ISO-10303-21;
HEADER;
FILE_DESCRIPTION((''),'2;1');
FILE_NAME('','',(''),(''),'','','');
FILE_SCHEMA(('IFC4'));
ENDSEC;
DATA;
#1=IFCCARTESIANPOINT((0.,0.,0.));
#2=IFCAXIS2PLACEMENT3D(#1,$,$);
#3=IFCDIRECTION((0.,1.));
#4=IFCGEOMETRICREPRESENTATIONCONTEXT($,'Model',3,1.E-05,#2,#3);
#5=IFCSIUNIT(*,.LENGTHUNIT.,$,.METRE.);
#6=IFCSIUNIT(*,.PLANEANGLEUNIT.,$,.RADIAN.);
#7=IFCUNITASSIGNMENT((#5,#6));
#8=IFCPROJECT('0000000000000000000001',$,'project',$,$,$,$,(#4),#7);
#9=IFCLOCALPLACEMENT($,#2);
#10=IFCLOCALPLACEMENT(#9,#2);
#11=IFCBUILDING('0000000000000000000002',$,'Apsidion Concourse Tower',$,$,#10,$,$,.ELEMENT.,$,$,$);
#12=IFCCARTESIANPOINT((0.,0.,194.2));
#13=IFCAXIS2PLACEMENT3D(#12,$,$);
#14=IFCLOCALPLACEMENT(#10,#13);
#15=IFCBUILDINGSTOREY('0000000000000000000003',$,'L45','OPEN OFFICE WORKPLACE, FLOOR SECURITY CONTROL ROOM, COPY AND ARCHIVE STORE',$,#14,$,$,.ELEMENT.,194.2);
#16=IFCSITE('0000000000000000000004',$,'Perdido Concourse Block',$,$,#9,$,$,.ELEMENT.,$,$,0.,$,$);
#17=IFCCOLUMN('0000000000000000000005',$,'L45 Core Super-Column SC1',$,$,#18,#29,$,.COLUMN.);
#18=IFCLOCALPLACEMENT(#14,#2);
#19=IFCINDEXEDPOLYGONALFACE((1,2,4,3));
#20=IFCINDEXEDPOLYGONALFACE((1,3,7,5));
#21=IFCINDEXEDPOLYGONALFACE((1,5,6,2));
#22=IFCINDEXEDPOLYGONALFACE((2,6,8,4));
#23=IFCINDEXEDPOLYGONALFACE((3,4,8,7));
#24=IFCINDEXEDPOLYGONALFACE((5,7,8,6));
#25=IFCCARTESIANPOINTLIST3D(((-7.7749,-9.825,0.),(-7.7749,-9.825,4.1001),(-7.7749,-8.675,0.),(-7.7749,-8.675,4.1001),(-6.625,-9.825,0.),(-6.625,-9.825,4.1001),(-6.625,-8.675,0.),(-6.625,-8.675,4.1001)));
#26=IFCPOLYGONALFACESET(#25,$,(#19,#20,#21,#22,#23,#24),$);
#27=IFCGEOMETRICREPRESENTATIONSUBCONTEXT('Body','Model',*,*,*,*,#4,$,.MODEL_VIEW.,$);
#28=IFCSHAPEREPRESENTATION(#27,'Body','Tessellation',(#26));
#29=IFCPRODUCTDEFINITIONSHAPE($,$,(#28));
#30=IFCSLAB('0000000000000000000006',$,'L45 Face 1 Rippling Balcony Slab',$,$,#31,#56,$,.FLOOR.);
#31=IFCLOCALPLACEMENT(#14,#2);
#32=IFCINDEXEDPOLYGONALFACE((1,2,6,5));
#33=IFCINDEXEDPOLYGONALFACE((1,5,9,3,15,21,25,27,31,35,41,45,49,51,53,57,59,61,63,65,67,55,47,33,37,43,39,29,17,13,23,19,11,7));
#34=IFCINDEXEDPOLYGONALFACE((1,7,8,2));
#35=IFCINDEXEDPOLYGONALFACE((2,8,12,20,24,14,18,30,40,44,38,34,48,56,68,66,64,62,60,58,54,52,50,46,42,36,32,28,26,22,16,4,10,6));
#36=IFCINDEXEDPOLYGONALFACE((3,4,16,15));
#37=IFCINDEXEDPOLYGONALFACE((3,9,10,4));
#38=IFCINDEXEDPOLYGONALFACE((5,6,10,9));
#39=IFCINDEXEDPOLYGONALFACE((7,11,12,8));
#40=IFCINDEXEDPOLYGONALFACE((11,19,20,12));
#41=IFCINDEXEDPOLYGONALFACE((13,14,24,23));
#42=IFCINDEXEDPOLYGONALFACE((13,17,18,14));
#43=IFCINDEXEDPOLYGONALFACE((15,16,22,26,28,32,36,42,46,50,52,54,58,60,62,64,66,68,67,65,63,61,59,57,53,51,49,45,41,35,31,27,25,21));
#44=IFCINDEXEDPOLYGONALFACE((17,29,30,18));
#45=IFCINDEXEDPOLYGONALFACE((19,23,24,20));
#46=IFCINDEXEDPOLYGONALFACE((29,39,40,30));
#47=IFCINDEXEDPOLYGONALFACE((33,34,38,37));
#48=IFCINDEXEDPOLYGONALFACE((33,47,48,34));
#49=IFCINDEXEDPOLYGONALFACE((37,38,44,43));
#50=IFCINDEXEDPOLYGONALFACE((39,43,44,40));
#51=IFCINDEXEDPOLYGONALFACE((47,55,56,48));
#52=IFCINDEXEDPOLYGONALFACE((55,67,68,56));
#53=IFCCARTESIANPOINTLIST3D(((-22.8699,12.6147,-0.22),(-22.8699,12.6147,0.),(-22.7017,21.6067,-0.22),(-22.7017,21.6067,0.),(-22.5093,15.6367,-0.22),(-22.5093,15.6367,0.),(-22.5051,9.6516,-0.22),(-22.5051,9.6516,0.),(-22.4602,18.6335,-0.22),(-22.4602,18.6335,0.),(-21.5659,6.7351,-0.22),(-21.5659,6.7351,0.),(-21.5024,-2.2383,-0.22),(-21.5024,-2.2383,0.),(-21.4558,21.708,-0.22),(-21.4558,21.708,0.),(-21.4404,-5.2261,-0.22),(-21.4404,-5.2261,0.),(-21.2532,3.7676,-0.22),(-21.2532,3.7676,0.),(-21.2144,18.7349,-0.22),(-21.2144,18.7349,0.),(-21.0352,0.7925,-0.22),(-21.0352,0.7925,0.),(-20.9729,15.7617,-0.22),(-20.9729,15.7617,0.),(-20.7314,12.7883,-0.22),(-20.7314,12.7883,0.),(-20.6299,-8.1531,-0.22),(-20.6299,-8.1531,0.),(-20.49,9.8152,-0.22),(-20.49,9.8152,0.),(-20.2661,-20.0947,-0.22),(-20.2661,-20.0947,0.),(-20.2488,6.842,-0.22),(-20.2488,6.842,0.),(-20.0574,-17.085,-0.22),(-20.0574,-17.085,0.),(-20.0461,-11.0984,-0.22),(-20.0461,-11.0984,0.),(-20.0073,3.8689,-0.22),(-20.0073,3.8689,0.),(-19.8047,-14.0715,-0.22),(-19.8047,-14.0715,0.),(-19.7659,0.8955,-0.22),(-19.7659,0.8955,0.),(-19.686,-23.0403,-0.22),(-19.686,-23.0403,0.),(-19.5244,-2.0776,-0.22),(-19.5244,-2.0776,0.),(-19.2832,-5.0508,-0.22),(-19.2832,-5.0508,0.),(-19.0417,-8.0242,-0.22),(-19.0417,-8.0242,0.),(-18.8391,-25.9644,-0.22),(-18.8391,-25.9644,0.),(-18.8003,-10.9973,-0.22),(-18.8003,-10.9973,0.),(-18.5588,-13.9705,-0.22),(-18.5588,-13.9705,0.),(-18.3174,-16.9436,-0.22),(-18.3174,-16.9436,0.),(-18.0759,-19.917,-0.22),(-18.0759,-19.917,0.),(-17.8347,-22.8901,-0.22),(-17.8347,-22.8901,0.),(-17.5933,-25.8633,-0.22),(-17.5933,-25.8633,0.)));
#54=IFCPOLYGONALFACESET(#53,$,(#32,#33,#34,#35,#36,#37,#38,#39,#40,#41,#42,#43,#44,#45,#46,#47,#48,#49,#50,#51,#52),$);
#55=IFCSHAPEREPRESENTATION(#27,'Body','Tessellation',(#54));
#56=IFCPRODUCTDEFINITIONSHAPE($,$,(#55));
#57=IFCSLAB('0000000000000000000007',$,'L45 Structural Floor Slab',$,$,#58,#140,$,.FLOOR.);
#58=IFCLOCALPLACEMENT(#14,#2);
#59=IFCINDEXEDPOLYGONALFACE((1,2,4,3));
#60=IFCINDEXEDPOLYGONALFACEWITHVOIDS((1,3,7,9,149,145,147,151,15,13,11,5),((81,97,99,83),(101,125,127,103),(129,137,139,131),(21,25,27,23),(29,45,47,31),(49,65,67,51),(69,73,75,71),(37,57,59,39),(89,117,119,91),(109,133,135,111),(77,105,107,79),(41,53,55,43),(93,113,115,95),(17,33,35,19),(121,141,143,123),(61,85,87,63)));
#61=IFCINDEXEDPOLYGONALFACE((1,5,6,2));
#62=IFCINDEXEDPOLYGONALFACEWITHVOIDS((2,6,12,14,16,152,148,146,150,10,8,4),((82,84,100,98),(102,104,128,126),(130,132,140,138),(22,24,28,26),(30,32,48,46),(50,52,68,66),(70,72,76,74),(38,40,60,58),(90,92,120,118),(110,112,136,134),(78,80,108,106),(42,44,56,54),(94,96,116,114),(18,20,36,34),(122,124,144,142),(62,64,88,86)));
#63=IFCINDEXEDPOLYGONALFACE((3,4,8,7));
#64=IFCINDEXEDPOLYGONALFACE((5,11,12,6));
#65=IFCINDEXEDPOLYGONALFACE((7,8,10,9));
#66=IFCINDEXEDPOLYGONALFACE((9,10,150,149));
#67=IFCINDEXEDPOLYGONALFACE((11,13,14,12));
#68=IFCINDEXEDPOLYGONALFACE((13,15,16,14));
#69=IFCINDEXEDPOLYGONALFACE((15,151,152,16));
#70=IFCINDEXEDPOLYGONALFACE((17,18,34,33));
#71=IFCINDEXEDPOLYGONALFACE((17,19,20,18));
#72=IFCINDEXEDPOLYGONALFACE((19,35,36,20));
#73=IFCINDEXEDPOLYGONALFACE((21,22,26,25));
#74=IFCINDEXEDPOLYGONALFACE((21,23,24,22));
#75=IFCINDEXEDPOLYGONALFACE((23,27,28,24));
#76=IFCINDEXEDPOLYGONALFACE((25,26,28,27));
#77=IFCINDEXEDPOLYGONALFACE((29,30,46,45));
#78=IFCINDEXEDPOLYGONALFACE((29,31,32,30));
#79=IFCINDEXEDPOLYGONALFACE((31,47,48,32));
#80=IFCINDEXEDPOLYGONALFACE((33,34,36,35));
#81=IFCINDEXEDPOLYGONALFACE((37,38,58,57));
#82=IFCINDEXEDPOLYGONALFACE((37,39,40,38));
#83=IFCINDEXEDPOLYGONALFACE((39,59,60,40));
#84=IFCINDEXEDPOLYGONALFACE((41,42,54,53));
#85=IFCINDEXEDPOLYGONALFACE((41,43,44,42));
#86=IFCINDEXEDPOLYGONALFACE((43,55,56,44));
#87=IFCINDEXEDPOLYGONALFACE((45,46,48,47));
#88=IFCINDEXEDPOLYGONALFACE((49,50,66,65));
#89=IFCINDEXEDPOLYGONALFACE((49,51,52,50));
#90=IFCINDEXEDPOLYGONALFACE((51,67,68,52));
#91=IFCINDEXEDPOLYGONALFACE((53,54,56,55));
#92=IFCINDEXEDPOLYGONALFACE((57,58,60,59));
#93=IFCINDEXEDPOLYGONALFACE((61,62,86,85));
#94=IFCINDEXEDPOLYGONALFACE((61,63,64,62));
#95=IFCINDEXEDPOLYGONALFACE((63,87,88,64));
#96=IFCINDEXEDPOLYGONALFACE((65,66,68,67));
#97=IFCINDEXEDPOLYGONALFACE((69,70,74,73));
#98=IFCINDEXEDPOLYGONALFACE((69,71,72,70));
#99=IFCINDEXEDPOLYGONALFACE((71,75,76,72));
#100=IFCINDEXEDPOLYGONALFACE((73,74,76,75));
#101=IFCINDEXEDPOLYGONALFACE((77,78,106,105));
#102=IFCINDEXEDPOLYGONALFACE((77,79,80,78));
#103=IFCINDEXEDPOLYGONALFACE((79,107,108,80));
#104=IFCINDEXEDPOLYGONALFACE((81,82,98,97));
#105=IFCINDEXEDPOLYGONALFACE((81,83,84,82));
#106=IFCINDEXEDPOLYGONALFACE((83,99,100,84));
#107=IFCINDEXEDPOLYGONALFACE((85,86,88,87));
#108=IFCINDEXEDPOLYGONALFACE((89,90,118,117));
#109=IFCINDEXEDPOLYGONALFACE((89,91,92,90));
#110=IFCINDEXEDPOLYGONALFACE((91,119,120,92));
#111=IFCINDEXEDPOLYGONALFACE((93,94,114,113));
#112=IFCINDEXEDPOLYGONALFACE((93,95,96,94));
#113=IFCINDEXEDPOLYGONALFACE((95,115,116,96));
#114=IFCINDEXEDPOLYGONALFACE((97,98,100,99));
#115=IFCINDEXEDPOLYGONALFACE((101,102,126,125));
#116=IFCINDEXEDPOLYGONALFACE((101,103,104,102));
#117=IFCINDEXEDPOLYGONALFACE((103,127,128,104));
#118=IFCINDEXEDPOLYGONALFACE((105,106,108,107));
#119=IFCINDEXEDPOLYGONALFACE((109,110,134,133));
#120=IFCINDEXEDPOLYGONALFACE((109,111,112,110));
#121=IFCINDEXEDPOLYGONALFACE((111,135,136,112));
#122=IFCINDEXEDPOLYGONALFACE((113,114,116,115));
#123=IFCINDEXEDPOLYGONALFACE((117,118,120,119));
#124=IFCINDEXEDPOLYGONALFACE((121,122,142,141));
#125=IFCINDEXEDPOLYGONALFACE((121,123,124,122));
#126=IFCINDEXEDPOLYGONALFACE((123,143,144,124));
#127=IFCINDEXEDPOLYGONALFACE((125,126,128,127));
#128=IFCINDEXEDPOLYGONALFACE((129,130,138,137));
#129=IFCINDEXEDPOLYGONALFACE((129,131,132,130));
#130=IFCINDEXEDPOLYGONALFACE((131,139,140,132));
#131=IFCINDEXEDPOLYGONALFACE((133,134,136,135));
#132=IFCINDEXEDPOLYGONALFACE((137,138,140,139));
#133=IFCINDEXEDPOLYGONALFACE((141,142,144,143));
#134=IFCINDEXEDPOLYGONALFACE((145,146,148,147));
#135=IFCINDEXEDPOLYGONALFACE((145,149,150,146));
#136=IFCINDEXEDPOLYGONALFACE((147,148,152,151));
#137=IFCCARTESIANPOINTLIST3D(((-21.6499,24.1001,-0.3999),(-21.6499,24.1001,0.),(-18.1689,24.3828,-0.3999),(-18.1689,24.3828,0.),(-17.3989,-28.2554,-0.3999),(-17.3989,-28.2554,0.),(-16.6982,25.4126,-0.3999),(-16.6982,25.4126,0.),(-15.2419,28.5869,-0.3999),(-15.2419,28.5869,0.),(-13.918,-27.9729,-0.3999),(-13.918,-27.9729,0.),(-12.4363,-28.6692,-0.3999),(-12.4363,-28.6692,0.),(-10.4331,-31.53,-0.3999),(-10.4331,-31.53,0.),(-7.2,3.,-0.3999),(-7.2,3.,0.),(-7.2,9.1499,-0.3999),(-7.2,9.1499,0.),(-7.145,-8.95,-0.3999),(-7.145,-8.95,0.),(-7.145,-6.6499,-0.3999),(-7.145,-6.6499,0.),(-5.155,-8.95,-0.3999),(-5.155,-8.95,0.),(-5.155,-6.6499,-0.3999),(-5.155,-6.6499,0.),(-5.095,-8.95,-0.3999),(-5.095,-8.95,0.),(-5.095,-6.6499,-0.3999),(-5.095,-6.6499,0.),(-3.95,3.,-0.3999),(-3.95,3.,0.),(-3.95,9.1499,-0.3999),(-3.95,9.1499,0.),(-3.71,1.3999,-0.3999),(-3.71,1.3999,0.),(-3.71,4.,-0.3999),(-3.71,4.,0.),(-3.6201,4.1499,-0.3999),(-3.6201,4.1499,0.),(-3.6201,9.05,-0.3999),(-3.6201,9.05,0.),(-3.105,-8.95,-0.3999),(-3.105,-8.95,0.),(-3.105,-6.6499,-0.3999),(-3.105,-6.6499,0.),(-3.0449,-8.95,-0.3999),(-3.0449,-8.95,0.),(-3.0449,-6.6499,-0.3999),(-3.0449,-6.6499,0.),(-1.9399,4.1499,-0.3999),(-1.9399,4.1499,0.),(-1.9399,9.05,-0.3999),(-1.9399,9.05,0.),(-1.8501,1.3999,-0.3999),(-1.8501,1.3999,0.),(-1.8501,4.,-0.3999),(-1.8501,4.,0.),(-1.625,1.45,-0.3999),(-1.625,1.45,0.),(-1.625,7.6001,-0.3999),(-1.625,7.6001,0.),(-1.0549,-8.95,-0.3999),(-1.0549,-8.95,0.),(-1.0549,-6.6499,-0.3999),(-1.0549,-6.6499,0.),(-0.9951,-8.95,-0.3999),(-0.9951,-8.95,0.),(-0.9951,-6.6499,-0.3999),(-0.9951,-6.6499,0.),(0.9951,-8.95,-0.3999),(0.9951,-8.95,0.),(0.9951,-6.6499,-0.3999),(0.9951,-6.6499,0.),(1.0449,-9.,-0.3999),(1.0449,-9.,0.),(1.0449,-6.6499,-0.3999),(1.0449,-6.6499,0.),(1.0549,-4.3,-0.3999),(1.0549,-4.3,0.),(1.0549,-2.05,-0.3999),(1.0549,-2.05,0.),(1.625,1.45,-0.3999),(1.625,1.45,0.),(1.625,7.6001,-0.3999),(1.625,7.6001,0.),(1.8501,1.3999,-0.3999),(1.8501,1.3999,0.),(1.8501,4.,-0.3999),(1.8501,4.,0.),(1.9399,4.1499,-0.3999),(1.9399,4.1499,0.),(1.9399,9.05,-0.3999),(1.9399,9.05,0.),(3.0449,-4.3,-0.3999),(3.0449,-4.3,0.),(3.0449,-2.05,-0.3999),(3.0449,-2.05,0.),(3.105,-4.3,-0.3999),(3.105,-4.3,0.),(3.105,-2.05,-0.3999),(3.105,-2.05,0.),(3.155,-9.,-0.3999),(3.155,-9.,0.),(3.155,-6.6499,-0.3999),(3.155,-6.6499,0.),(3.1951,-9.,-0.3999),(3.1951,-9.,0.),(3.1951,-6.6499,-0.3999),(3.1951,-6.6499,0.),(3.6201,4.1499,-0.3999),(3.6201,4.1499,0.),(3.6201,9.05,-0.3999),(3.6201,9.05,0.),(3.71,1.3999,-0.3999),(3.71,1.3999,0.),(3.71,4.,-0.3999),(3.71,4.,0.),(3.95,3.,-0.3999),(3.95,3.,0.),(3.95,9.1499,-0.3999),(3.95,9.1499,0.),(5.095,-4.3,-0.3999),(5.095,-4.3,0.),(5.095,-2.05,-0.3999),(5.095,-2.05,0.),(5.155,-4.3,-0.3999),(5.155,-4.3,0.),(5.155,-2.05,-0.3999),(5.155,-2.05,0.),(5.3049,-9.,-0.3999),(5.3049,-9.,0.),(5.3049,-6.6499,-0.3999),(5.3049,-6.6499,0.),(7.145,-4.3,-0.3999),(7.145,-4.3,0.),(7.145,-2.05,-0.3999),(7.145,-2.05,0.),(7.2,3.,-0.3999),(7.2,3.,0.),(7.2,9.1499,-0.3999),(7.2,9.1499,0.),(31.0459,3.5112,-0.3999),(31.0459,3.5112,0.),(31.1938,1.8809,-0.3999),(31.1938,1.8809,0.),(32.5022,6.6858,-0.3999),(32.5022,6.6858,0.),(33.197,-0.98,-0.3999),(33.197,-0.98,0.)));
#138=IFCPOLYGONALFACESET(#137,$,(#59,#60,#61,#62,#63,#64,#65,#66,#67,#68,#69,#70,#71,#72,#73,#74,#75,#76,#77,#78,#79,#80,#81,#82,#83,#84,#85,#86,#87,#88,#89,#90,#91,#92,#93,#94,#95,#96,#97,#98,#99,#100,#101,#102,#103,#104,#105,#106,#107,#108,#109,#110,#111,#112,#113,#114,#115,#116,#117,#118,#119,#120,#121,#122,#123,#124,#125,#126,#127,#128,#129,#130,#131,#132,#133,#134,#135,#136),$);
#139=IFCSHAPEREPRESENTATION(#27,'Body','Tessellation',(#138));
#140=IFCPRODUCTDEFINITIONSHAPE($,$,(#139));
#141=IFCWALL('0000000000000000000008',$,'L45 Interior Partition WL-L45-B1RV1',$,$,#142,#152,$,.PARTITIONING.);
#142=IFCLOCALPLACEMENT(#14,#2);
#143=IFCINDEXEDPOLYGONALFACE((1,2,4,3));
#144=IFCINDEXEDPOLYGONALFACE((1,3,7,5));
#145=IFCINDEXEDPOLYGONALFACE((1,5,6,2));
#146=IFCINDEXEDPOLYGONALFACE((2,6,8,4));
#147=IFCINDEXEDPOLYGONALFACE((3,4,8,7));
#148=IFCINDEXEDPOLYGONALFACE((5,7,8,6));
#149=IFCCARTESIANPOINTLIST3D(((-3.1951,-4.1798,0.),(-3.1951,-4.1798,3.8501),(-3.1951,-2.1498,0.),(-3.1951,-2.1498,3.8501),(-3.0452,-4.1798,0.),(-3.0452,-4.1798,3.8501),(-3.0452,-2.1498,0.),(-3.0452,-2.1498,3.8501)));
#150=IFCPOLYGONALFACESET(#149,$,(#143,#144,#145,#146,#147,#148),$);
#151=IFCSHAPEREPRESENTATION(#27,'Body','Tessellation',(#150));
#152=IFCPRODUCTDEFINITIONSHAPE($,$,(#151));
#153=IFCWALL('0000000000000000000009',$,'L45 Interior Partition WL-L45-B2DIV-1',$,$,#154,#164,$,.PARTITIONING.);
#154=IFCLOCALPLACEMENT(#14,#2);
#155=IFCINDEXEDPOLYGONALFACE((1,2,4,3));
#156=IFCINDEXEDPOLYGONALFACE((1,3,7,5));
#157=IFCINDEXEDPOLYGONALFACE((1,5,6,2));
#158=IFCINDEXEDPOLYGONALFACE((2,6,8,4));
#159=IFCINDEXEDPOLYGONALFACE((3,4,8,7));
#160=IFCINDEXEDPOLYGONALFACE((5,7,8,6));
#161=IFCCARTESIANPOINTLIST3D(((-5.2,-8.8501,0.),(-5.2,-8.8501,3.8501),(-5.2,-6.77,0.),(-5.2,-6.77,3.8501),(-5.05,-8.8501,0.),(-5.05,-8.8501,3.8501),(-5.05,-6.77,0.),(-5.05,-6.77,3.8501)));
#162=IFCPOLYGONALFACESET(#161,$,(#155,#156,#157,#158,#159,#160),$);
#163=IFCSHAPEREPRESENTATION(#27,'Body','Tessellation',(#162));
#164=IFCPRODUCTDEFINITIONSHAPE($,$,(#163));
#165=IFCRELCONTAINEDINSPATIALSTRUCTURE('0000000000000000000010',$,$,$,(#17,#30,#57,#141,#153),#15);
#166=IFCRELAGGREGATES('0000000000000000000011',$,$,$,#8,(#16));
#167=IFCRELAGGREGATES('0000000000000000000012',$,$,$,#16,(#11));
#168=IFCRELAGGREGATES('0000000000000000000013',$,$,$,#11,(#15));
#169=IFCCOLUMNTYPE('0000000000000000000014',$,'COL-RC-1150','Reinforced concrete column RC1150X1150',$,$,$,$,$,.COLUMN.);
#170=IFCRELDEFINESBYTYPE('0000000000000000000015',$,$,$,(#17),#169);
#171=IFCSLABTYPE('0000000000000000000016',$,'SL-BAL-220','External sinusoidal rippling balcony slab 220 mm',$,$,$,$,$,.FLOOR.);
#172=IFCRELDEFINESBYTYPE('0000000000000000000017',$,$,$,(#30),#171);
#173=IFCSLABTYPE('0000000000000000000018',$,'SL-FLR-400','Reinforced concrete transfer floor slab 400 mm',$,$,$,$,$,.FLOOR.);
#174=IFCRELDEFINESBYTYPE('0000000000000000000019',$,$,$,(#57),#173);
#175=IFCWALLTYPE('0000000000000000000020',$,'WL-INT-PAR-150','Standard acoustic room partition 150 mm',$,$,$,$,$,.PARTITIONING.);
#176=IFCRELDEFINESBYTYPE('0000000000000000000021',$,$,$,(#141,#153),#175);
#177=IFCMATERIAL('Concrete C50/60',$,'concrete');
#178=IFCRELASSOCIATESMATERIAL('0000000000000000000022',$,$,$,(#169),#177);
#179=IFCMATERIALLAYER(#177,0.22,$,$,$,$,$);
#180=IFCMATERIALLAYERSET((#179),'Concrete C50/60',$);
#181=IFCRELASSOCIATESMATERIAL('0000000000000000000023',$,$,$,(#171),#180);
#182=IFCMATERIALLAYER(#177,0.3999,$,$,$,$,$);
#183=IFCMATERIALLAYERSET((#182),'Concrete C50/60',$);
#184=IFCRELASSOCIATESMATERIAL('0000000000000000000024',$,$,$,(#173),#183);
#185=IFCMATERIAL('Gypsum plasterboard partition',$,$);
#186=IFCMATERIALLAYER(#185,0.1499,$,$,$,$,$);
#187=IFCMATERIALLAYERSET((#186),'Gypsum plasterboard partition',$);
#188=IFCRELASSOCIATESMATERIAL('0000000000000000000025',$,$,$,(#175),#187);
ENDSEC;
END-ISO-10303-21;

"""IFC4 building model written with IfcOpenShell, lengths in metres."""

from ifc_helpers import new_model, si_unit, direction, frame, frame_2d, origin, origin_2d, place, context, subcontext, project, spatial, polyline, rectangle, outline, extrude, material, layer, layer_set, material_profile, profile_set, type_object, element, save


model = new_model("IFC4")

# Units and contexts
model_context = context("Model", 3, precision=1e-05, world=origin(), true_north=direction((0.0, 1.0)))
body_context = subcontext(model_context, "Body", "Model", "MODEL_VIEW")
ifc_project = project(units=[si_unit("LENGTHUNIT", "METRE"), si_unit("PLANEANGLEUNIT", "RADIAN")], contexts=[model_context])

# Site, building, storey
site_placement = place(None, origin())
site = spatial("IfcSite", under=ifc_project, at=site_placement, Name="Perdido Concourse Block", CompositionType="ELEMENT", RefElevation=0.0)
building_placement = place(site_placement, origin())
building = spatial("IfcBuilding", under=site, at=building_placement, Name="Apsidion Concourse Tower", CompositionType="ELEMENT")
storey_placement = place(building_placement, frame((0.0, 0.0, 194.2)))
storey = spatial("IfcBuildingStorey", under=building, at=storey_placement, Name="L45", Description="OPEN OFFICE WORKPLACE, FLOOR SECURITY CONTROL ROOM, COPY AND ARCHIVE STORE", CompositionType="ELEMENT", Elevation=194.2)

# Column
ifc_material_1 = material(Name="Concrete C50/60", Category="concrete")
ifc_material_profile = material_profile(ifc_material_1, rectangle(XDim=1.1499, YDim=1.1499, at=origin_2d()), Name="RC 1150x1150")
ifc_profile_set = profile_set([ifc_material_profile], Name="Concrete C50/60")
column_type = type_object("IfcColumnType", Name="COL-RC-1150", Description="Reinforced concrete column RC1150X1150", PredefinedType="COLUMN", material=ifc_profile_set)
column_placement = place(storey_placement, frame((-7.2, -9.25, 0.0), z_axis=(0.0, 0.0, 1.0), x_axis=(1.0, 0.0, 0.0)))
element("IfcColumn", 1, at=column_placement, inside=storey, type_object=column_type, Name="L45 Core Super-Column SC1", PredefinedType="COLUMN", context=body_context, shape_type="SweptSolid", body=[
    extrude(rectangle(XDim=1.1499, YDim=1.1499, at=origin_2d()), origin(), (0.0, 0.0, 1.0), 4.1001),
])

# Slabs
ifc_layer_1 = layer(ifc_material_1, 0.22)
ifc_layer_set_1 = layer_set([ifc_layer_1], Name="Concrete C50/60")
slab_type_1 = type_object("IfcSlabType", Name="SL-BAL-220", Description="External sinusoidal rippling balcony slab 220 mm", PredefinedType="FLOOR", material=ifc_layer_set_1)
slab_1_placement = place(storey_placement, frame((0.0, 0.0, -0.22)))
element("IfcSlab", 2, at=slab_1_placement, inside=storey, type_object=slab_type_1, Name="L45 Face 1 Rippling Balcony Slab", PredefinedType="FLOOR", context=body_context, shape_type="SweptSolid", body=[
    extrude(outline(polyline([(-21.4558, 21.708), (-21.2144, 18.7349), (-20.9729, 15.7617), (-20.7314, 12.7883), (-20.49, 9.8152), (-20.2488, 6.842), (-20.0073, 3.8689), (-19.7659, 0.8955), (-19.5244, -2.0776), (-19.2832, -5.0508), (-19.0417, -8.0242), (-18.8003, -10.9973), (-18.5588, -13.9705), (-18.3174, -16.9436), (-18.0759, -19.917), (-17.8347, -22.8901), (-17.5933, -25.8633), (-18.8391, -25.9644), (-19.686, -23.0403), (-20.2661, -20.0947), (-20.0574, -17.085), (-19.8047, -14.0715), (-20.0461, -11.0984), (-20.6299, -8.1531), (-21.4404, -5.2261), (-21.5024, -2.2383), (-21.0352, 0.7925), (-21.2532, 3.7676), (-21.5659, 6.7351), (-22.5051, 9.6516), (-22.8699, 12.6147), (-22.5093, 15.6367), (-22.4602, 18.6335), (-22.7017, 21.6067), (-21.4558, 21.708)])), origin(), (0.0, 0.0, 1.0), 0.22),
])
ifc_layer_2 = layer(ifc_material_1, 0.3999)
ifc_layer_set_2 = layer_set([ifc_layer_2], Name="Concrete C50/60")
slab_type_2 = type_object("IfcSlabType", Name="SL-FLR-400", Description="Reinforced concrete transfer floor slab 400 mm", PredefinedType="FLOOR", material=ifc_layer_set_2)
slab_2_placement = place(storey_placement, frame((0.0, 0.0, -0.3999)))
element("IfcSlab", 3, at=slab_2_placement, inside=storey, type_object=slab_type_2, Name="L45 Structural Floor Slab", PredefinedType="FLOOR", context=body_context, shape_type="SweptSolid", body=[
    extrude(outline(polyline([(-15.2419, 28.5869), (-16.6982, 25.4126), (-18.1689, 24.3828), (-21.6499, 24.1001), (-17.3989, -28.2554), (-13.918, -27.9729), (-12.4363, -28.6692), (-10.4331, -31.53), (33.197, -0.98), (31.1938, 1.8809), (31.0459, 3.5112), (32.5022, 6.6858), (-15.2419, 28.5869)]), holes=[polyline([(-3.95, 3.0), (-3.95, 9.1499), (-7.2, 9.1499), (-7.2, 3.0), (-3.95, 3.0)]), polyline([(7.2, 3.0), (7.2, 9.1499), (3.95, 9.1499), (3.95, 3.0), (7.2, 3.0)]), polyline([(-1.625, 7.6001), (-1.625, 1.45), (1.625, 1.45), (1.625, 7.6001), (-1.625, 7.6001)]), polyline([(1.0549, -4.3), (3.0449, -4.3), (3.0449, -2.05), (1.0549, -2.05), (1.0549, -4.3)]), polyline([(3.105, -4.3), (5.095, -4.3), (5.095, -2.05), (3.105, -2.05), (3.105, -4.3)]), polyline([(5.155, -4.3), (7.145, -4.3), (7.145, -2.05), (5.155, -2.05), (5.155, -4.3)]), polyline([(-7.145, -8.95), (-5.155, -8.95), (-5.155, -6.6499), (-7.145, -6.6499), (-7.145, -8.95)]), polyline([(-5.095, -8.95), (-3.105, -8.95), (-3.105, -6.6499), (-5.095, -6.6499), (-5.095, -8.95)]), polyline([(-3.0449, -8.95), (-1.0549, -8.95), (-1.0549, -6.6499), (-3.0449, -6.6499), (-3.0449, -8.95)]), polyline([(-0.9951, -8.95), (0.9951, -8.95), (0.9951, -6.6499), (-0.9951, -6.6499), (-0.9951, -8.95)]), polyline([(1.0449, -9.0), (3.155, -9.0), (3.155, -6.6499), (1.0449, -6.6499), (1.0449, -9.0)]), polyline([(3.1951, -9.0), (5.3049, -9.0), (5.3049, -6.6499), (3.1951, -6.6499), (3.1951, -9.0)]), polyline([(-3.71, 1.3999), (-1.8501, 1.3999), (-1.8501, 4.0), (-3.71, 4.0), (-3.71, 1.3999)]), polyline([(1.8501, 1.3999), (3.71, 1.3999), (3.71, 4.0), (1.8501, 4.0), (1.8501, 1.3999)]), polyline([(-3.6201, 4.1499), (-1.9399, 4.1499), (-1.9399, 9.05), (-3.6201, 9.05), (-3.6201, 4.1499)]), polyline([(1.9399, 4.1499), (3.6201, 4.1499), (3.6201, 9.05), (1.9399, 9.05), (1.9399, 4.1499)])]), origin(), (0.0, 0.0, 1.0), 0.3999),
])

# Walls
ifc_material_2 = material(Name="Gypsum plasterboard partition")
ifc_layer_3 = layer(ifc_material_2, 0.1499)
ifc_layer_set_3 = layer_set([ifc_layer_3], Name="Gypsum plasterboard partition")
wall_type_1 = type_object("IfcWallType", Name="WL-INT-PAR-150", Description="Standard acoustic room partition 150 mm", PredefinedType="PARTITIONING", material=ifc_layer_set_3)
wall_1_placement = place(storey_placement, frame((-3.1201, -4.1799, 0.0), z_axis=(0.0, 0.0, 1.0), x_axis=(0.0, 1.0, 0.0)))
element("IfcWall", 4, at=wall_1_placement, inside=storey, type_object=wall_type_1, Name="L45 Interior Partition WL-L45-B1RV1", PredefinedType="PARTITIONING", context=body_context, shape_type="SweptSolid", body=[
    extrude(rectangle(XDim=2.03, YDim=0.1499, at=frame_2d((1.0151, 0.0))), origin(), (0.0, 0.0, 1.0), 3.8501),
])
for number, where, z_axis, x_axis, name in (
    (5, (-5.125, -8.8501, 0.0), (0.0, 0.0, 1.0), (0.0, 1.0, 0.0), "L45 Interior Partition WL-L45-B2DIV-1"),
):
    element("IfcWall", number, at=place(storey_placement, frame(where, z_axis=z_axis, x_axis=x_axis)), inside=storey, type_object=wall_type_1, Name=name, PredefinedType="PARTITIONING", context=body_context, shape_type="SweptSolid", body=[
        extrude(rectangle(XDim=2.0801, YDim=0.1499, at=frame_2d((1.04, 0.0))), origin(), (0.0, 0.0, 1.0), 3.8501),
    ])

save(model, "model.ifc")
